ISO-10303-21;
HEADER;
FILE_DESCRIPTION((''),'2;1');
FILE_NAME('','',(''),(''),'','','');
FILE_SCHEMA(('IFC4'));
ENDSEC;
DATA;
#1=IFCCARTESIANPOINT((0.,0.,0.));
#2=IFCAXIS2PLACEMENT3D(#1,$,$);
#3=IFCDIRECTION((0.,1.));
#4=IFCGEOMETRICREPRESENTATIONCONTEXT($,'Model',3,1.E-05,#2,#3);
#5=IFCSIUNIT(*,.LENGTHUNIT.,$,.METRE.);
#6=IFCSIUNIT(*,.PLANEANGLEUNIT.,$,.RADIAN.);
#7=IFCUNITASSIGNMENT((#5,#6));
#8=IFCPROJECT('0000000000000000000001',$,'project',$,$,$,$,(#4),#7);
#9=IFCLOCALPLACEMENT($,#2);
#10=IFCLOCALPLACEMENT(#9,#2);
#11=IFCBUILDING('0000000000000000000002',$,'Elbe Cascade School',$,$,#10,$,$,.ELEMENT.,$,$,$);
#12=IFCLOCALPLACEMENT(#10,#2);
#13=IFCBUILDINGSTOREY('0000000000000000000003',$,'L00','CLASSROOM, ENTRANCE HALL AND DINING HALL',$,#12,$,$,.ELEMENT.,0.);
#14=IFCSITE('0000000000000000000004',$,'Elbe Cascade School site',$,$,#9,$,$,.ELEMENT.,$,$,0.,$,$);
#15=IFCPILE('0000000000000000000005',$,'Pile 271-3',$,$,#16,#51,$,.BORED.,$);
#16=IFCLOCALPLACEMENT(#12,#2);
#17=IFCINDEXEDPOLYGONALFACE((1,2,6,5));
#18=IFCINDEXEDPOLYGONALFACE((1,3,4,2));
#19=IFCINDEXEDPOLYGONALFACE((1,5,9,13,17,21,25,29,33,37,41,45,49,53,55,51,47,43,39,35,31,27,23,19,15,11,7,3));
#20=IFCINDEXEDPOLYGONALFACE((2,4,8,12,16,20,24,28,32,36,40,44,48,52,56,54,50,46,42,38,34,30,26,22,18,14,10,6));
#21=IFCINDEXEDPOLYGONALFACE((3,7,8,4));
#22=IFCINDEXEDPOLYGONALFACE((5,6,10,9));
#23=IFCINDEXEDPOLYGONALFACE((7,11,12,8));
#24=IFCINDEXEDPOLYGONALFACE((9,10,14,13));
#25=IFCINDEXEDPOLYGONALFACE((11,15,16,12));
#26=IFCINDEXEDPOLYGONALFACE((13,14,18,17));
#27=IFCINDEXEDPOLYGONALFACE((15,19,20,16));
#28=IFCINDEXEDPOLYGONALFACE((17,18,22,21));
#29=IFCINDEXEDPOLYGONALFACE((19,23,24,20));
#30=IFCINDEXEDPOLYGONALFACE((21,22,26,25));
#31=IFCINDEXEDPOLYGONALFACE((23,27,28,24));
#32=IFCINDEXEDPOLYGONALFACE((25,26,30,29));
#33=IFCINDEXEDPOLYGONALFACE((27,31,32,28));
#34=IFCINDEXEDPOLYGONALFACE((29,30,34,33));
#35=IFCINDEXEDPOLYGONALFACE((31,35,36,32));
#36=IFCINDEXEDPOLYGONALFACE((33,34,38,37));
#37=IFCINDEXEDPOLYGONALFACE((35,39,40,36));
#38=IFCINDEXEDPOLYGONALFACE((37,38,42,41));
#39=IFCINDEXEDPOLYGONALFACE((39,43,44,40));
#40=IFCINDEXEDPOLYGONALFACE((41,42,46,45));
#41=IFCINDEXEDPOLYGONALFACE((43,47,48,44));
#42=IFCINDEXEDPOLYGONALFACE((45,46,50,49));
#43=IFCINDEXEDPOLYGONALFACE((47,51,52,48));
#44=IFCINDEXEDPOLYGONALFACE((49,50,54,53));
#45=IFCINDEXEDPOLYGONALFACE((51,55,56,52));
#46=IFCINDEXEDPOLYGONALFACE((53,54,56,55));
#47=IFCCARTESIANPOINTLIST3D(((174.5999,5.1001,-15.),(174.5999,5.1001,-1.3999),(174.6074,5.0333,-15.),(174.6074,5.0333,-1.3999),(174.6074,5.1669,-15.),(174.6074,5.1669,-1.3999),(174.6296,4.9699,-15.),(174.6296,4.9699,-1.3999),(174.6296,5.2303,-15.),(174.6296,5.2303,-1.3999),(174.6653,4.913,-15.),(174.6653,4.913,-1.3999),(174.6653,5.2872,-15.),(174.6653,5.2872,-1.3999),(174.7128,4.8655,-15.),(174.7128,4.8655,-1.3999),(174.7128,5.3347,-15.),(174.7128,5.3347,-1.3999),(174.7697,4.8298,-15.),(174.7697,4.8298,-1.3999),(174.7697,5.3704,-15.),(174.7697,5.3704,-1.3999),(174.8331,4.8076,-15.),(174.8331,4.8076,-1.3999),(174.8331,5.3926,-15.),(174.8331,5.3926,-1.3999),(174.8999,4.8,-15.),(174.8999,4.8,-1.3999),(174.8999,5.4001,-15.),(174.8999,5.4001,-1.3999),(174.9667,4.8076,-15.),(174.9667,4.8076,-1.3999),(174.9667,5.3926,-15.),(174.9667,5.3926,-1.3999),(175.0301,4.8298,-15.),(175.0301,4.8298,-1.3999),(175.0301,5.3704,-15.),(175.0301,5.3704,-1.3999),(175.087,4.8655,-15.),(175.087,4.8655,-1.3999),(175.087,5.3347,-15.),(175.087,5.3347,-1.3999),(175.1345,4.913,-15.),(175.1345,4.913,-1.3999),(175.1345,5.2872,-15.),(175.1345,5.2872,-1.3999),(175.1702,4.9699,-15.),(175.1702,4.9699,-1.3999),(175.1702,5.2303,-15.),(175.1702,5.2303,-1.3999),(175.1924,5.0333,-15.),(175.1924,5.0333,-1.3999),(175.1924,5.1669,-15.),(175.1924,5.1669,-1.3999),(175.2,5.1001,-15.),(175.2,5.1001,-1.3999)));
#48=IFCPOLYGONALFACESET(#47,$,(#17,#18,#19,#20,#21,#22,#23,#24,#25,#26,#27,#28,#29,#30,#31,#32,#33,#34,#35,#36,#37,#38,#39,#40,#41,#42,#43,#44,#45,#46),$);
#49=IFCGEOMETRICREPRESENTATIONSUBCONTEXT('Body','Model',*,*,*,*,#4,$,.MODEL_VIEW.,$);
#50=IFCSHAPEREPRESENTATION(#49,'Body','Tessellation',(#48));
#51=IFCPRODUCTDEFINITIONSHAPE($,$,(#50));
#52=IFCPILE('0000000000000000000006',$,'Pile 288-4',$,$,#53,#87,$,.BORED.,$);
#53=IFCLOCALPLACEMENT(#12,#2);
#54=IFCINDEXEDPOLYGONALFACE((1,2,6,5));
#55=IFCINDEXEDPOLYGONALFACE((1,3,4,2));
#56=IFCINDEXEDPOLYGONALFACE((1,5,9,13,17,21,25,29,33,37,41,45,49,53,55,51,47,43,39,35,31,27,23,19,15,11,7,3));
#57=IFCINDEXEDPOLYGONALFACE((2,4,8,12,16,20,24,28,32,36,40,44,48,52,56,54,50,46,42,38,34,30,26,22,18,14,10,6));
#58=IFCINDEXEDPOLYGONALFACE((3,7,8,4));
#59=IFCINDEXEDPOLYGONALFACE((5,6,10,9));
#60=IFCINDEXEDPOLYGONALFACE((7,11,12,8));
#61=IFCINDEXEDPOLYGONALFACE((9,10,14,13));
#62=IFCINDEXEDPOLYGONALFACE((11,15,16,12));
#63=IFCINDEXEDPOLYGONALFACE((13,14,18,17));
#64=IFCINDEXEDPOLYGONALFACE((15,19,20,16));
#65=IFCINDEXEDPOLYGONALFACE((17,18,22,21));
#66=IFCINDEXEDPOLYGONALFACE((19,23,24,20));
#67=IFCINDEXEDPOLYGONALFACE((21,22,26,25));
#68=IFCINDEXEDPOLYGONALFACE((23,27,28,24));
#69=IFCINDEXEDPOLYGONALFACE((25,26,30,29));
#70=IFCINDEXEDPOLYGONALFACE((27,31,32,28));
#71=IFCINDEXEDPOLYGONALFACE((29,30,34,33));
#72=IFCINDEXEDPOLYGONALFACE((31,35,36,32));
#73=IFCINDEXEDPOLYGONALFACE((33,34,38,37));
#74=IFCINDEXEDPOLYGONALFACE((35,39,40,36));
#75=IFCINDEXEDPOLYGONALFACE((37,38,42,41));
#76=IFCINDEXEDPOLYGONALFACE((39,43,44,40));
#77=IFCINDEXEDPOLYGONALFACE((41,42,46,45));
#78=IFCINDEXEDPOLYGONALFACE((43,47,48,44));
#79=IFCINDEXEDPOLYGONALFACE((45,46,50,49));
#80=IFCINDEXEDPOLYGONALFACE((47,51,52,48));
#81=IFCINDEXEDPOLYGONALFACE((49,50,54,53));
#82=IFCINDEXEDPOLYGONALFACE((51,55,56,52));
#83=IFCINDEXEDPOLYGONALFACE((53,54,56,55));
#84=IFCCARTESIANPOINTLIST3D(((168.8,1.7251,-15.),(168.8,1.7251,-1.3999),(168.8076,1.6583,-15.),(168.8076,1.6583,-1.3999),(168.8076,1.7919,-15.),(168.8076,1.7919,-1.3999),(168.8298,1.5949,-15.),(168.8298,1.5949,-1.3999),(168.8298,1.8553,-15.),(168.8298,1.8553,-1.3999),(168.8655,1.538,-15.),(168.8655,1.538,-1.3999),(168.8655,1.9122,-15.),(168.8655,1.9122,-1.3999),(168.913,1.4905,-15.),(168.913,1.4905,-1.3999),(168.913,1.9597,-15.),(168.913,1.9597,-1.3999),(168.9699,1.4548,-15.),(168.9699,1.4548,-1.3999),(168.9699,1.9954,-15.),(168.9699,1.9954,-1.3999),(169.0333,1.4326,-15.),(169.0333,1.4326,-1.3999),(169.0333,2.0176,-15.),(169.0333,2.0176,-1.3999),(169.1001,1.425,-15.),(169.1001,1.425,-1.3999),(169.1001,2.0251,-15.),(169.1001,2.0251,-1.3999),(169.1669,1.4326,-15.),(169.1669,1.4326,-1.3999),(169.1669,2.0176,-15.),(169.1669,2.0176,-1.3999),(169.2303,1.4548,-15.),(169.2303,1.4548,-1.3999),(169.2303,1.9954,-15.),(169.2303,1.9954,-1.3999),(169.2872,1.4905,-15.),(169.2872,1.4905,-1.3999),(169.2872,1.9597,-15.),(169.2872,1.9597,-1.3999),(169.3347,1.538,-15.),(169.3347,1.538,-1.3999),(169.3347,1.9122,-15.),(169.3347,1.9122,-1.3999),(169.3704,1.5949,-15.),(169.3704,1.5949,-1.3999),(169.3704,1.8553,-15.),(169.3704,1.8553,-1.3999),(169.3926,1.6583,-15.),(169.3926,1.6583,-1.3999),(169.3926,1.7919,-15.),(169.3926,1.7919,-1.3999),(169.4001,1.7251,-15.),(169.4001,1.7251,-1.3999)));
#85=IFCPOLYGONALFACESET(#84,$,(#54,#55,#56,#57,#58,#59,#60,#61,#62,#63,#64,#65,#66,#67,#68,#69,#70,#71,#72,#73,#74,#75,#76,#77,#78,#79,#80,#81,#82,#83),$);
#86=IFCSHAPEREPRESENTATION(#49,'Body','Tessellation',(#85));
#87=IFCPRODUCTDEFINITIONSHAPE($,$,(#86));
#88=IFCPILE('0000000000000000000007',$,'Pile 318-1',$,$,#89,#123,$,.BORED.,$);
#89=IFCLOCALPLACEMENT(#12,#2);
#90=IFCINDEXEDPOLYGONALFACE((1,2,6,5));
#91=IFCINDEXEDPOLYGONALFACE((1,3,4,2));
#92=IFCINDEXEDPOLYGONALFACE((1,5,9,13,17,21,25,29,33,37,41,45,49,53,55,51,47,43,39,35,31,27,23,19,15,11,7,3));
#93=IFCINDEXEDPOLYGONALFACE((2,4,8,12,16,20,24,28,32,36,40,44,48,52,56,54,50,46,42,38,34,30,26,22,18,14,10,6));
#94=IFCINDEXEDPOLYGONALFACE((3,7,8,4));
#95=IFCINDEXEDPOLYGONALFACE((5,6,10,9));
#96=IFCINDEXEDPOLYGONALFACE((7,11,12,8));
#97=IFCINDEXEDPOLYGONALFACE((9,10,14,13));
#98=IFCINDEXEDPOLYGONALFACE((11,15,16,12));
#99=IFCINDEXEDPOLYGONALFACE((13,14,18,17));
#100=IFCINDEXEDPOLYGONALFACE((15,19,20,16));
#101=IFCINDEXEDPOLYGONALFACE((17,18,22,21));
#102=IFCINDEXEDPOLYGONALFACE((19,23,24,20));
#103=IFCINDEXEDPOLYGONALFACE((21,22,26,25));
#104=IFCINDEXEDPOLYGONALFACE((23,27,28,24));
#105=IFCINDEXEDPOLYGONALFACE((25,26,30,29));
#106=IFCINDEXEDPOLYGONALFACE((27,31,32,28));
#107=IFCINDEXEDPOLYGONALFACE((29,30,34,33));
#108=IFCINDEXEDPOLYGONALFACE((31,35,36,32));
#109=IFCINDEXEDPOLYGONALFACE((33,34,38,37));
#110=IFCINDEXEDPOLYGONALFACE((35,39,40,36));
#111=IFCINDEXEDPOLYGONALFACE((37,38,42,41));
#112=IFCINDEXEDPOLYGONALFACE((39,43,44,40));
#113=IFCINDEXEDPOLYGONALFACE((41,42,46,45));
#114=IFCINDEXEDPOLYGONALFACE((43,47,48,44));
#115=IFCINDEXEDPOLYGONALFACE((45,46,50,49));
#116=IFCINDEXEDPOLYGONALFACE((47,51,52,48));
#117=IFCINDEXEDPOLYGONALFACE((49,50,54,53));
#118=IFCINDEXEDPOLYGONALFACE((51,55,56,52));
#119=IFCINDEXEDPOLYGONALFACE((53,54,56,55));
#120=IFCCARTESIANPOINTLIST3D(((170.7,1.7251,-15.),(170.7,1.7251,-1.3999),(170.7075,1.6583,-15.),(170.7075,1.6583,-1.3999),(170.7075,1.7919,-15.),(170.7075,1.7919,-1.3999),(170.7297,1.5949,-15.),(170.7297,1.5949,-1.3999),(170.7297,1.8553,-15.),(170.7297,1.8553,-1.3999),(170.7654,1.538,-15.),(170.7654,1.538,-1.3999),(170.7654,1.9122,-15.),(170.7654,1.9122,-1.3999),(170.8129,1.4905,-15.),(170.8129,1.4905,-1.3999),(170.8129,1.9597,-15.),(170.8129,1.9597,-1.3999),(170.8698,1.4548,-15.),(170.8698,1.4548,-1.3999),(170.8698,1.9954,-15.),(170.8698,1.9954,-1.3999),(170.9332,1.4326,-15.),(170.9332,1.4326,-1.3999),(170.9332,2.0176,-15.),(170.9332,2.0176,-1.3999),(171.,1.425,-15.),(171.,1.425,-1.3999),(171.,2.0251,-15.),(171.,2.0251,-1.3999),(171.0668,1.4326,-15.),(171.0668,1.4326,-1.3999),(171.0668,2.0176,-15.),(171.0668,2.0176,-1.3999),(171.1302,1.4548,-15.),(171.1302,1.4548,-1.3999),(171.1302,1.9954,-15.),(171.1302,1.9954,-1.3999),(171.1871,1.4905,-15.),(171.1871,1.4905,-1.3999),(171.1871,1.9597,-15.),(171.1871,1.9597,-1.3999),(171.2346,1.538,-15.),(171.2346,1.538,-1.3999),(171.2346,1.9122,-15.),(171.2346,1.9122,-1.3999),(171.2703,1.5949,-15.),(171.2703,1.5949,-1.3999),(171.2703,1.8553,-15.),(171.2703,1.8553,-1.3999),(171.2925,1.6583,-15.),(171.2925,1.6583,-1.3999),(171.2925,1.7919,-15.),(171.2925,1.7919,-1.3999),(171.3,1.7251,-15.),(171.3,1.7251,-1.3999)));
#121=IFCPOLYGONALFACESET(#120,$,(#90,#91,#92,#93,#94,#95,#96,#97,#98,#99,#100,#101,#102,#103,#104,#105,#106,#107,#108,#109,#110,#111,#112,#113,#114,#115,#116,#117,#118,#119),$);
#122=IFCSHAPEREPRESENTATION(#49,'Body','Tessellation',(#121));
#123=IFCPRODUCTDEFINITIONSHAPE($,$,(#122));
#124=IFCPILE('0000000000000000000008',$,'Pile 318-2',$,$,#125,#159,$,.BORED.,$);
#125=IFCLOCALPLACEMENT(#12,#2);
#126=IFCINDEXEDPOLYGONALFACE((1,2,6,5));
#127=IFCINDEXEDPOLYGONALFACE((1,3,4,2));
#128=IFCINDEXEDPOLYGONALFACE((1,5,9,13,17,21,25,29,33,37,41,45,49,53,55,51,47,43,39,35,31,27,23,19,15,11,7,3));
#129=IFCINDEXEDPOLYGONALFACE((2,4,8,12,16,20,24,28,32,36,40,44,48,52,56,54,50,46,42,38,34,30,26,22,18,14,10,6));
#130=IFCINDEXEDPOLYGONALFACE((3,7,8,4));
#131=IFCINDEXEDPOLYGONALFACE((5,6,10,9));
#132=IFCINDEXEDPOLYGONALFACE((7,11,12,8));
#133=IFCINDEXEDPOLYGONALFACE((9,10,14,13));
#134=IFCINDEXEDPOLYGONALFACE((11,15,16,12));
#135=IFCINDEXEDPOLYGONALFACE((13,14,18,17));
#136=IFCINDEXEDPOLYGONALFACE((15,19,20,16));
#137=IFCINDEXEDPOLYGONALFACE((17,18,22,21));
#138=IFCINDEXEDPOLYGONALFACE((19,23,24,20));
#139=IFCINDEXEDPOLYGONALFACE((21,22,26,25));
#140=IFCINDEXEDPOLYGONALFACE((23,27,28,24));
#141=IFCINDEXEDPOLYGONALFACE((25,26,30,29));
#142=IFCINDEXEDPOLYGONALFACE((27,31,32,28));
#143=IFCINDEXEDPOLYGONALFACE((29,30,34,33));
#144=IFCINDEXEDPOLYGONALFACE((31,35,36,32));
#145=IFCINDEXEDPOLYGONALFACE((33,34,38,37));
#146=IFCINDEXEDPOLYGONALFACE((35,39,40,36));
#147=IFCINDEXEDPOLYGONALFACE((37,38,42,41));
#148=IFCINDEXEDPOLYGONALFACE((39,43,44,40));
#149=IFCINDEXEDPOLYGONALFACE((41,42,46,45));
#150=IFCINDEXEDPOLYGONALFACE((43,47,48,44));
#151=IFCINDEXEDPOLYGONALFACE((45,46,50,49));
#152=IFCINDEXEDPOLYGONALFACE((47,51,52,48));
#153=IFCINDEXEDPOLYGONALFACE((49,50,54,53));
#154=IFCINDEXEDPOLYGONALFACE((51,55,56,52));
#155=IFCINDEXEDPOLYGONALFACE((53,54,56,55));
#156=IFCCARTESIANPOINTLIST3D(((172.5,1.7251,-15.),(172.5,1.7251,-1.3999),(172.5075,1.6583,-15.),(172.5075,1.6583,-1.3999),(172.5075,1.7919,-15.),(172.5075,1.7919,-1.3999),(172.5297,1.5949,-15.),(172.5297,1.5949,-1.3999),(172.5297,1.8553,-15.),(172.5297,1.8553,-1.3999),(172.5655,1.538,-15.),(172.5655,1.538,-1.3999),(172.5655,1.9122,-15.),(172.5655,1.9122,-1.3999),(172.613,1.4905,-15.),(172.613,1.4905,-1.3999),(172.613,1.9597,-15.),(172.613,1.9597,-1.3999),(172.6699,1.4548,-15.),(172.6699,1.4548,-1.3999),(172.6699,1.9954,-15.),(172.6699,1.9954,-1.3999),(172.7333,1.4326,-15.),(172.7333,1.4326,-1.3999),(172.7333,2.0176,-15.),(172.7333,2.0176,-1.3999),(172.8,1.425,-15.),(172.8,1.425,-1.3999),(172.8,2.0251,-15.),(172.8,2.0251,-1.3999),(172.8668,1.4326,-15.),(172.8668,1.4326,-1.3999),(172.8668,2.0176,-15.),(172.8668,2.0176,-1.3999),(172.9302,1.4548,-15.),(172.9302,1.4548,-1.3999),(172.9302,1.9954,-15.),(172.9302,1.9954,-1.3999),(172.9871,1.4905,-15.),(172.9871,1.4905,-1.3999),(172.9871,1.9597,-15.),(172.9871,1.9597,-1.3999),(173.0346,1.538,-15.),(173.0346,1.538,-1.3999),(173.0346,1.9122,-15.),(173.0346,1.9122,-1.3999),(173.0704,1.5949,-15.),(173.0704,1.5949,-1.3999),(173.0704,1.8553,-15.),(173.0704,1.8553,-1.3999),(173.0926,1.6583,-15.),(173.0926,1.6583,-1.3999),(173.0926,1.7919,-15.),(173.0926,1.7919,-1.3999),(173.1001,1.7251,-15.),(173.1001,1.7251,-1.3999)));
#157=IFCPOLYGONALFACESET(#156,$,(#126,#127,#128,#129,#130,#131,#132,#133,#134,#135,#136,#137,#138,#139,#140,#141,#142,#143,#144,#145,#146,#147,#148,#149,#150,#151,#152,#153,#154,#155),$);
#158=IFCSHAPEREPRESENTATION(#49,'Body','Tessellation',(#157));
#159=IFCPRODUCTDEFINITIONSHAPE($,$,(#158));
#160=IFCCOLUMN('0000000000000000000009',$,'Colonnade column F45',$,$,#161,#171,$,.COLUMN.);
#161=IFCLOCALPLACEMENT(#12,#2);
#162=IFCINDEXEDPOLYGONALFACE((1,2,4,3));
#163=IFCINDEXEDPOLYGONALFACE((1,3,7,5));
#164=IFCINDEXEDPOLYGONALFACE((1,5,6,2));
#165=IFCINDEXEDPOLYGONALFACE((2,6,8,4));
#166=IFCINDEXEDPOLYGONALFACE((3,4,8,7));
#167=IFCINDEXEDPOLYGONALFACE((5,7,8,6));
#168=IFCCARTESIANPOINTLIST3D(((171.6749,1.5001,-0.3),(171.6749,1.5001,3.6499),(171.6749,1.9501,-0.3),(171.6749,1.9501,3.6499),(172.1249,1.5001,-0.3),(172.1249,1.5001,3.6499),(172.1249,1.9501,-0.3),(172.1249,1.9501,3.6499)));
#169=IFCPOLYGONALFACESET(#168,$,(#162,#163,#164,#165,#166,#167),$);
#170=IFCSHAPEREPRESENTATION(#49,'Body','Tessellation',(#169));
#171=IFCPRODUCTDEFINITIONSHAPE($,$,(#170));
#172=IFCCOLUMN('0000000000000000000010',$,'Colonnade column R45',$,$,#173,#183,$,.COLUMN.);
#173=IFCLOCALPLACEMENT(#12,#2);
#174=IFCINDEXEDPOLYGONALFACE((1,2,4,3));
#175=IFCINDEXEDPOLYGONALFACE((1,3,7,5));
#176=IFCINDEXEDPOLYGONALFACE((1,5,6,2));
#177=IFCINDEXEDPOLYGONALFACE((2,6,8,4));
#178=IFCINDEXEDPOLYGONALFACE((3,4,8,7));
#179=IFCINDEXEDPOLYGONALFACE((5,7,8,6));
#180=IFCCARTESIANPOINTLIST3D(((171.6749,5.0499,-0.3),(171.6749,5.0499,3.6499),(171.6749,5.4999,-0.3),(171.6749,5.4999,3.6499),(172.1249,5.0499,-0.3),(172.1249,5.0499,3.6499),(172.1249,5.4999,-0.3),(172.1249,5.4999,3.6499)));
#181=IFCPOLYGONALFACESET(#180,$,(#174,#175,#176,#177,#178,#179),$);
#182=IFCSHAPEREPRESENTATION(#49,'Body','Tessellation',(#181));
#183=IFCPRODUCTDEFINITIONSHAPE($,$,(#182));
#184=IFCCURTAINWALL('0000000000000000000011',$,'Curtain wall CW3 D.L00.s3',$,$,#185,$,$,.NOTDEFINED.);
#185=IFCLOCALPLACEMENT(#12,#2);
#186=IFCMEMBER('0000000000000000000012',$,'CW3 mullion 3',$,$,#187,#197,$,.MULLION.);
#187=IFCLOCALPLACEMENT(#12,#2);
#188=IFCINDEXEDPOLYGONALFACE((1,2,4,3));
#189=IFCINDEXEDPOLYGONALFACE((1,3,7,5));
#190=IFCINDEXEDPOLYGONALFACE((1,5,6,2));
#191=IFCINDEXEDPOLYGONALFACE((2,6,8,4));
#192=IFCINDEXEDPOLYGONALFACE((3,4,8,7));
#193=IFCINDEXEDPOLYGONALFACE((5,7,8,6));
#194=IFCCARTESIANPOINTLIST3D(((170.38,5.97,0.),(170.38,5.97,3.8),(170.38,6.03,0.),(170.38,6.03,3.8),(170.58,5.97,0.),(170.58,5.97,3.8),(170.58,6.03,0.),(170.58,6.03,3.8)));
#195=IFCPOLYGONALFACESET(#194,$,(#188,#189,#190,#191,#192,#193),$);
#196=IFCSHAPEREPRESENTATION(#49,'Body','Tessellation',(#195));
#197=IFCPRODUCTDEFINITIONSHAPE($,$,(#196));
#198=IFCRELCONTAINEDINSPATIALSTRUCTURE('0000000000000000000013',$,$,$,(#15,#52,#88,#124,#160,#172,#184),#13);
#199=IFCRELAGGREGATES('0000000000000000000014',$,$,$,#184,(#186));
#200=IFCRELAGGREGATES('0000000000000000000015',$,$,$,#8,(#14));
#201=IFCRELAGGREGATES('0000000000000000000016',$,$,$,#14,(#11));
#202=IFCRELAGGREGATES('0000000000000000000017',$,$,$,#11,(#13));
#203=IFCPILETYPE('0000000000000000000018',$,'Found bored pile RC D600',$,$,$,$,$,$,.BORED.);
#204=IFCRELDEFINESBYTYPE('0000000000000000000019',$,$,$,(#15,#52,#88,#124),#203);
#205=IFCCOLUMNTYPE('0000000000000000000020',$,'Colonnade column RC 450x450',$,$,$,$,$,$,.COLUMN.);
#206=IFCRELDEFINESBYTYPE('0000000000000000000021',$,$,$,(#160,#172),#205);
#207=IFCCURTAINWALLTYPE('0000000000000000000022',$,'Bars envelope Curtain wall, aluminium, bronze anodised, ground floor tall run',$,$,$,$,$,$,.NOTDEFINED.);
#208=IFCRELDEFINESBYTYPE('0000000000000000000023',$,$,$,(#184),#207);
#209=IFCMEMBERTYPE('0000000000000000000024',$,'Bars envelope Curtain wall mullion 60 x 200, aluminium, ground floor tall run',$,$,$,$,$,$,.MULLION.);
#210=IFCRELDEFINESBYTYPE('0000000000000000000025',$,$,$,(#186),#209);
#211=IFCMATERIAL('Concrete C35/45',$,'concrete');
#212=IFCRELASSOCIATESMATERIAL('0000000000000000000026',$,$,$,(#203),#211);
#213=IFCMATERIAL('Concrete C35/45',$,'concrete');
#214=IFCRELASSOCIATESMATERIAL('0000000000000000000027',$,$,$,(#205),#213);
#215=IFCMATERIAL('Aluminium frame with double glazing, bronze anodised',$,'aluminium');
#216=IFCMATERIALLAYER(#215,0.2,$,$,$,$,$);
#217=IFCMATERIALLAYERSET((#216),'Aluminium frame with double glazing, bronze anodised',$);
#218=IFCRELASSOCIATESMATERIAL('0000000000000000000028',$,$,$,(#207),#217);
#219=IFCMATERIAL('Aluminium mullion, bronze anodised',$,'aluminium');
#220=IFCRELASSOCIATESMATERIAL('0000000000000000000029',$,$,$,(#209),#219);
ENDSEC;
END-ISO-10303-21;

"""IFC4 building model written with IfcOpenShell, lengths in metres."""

from ifc_helpers import new_model, si_unit, direction, frame, origin, origin_2d, place, context, subcontext, project, spatial, rectangle, circle, extrude, material, layer, layer_set, material_profile, profile_set, type_object, element, aggregate, save


model = new_model("IFC4")

# Units and contexts
model_context = context("Model", 3, precision=1e-05, world=origin(), true_north=direction((0.0, 1.0)))
body_context = subcontext(model_context, "Body", "Model", "MODEL_VIEW")
ifc_project = project(units=[si_unit("LENGTHUNIT", "METRE"), si_unit("PLANEANGLEUNIT", "RADIAN")], contexts=[model_context])

# Site, building, storey
site_placement = place(None, origin())
site = spatial("IfcSite", under=ifc_project, at=site_placement, Name="Elbe Cascade School site", CompositionType="ELEMENT", RefElevation=0.0)
building_placement = place(site_placement, origin())
building = spatial("IfcBuilding", under=site, at=building_placement, Name="Elbe Cascade School", CompositionType="ELEMENT")
storey_placement = place(building_placement, origin())
storey = spatial("IfcBuildingStorey", under=building, at=storey_placement, Name="L00", Description="CLASSROOM, ENTRANCE HALL AND DINING HALL", CompositionType="ELEMENT", Elevation=0.0)

# Piles
ifc_material_1 = material(Name="Concrete C35/45", Category="concrete")
ifc_material_profile_1 = material_profile(ifc_material_1, circle(Radius=0.3, at=origin_2d()), Name="RC D600")
ifc_profile_set_1 = profile_set([ifc_material_profile_1], Name="Concrete C35/45")
pile_type = type_object("IfcPileType", Name="Found bored pile RC D600", PredefinedType="BORED", material=ifc_profile_set_1)
for number, where, z_axis, x_axis, name in (
    (1, (174.8999, 5.1001, -1.3999), (0.0, 0.0, -1.0), (1.0, 0.0, 0.0), "Pile 271-3"),
    (2, (169.1001, 1.7251, -1.3999), (0.0, 0.0, -1.0), (1.0, 0.0, 0.0), "Pile 288-4"),
    (3, (171.0, 1.7251, -1.3999), (0.0, 0.0, -1.0), (1.0, 0.0, 0.0), "Pile 318-1"),
    (4, (172.8, 1.7251, -1.3999), (0.0, 0.0, -1.0), (1.0, 0.0, 0.0), "Pile 318-2"),
):
    element("IfcPile", number, at=place(storey_placement, frame(where, z_axis=z_axis, x_axis=x_axis)), inside=storey, type_object=pile_type, Name=name, PredefinedType="BORED", context=body_context, shape_type="SweptSolid", body=[
        extrude(circle(Radius=0.3, at=origin_2d()), origin(), (0.0, 0.0, 1.0), 13.6001),
    ])

# Columns
ifc_material_2 = material(Name="Concrete C35/45", Category="concrete")
ifc_material_profile_2 = material_profile(ifc_material_2, rectangle(XDim=0.45, YDim=0.45, at=origin_2d()), Name="RC 450x450")
ifc_profile_set_2 = profile_set([ifc_material_profile_2], Name="Concrete C35/45")
column_type = type_object("IfcColumnType", Name="Colonnade column RC 450x450", PredefinedType="COLUMN", material=ifc_profile_set_2)
for number, where, z_axis, x_axis, name in (
    (5, (171.8999, 1.7251, -0.3), (0.0, 0.0, 1.0), (1.0, 0.0, 0.0), "Colonnade column F45"),
    (6, (171.8999, 5.2749, -0.3), (0.0, 0.0, 1.0), (1.0, 0.0, 0.0), "Colonnade column R45"),
):
    element("IfcColumn", number, at=place(storey_placement, frame(where, z_axis=z_axis, x_axis=x_axis)), inside=storey, type_object=column_type, Name=name, PredefinedType="COLUMN", context=body_context, shape_type="SweptSolid", body=[
        extrude(rectangle(XDim=0.45, YDim=0.45, at=origin_2d()), origin(), (0.0, 0.0, 1.0), 3.95),
    ])

# Curtain wall, member
ifc_material_3 = material(Name="Aluminium frame with double glazing, bronze anodised", Category="aluminium")
ifc_layer_1 = layer(ifc_material_3, 0.2)
ifc_layer_set_1 = layer_set([ifc_layer_1], Name="Aluminium frame with double glazing, bronze anodised")
curtain_wall_type = type_object("IfcCurtainWallType", Name="Bars envelope Curtain wall, aluminium, bronze anodised, ground floor tall run", PredefinedType="NOTDEFINED", material=ifc_layer_set_1)
curtain_wall_placement = place(storey_placement, origin())
curtain_wall = element("IfcCurtainWall", 7, at=curtain_wall_placement, inside=storey, type_object=curtain_wall_type, Name="Curtain wall CW3 D.L00.s3", PredefinedType="NOTDEFINED")
ifc_material_4 = material(Name="Aluminium mullion, bronze anodised", Category="aluminium")
ifc_material_profile_3 = material_profile(ifc_material_4, rectangle(XDim=0.0601, YDim=0.2, at=origin_2d()), Name="Bars envelope Curtain wall mullion 60 x 200, aluminium, ground floor tall run")
ifc_profile_set_3 = profile_set([ifc_material_profile_3], Name="Aluminium mullion, bronze anodised")
member_type = type_object("IfcMemberType", Name="Bars envelope Curtain wall mullion 60 x 200, aluminium, ground floor tall run", PredefinedType="MULLION", material=ifc_profile_set_3)
member_placement = place(storey_placement, frame((170.48, 6.0, 0.0), z_axis=(0.0, 0.0, 1.0), x_axis=(0.0, -1.0, 0.0)))
member = element("IfcMember", 8, at=member_placement, type_object=member_type, Name="CW3 mullion 3", PredefinedType="MULLION", context=body_context, shape_type="SweptSolid", body=[
    extrude(rectangle(XDim=0.0601, YDim=0.2, at=origin_2d()), origin(), (0.0, 0.0, 1.0), 3.8),
])

aggregate(curtain_wall, [member])

save(model, "model.ifc")
